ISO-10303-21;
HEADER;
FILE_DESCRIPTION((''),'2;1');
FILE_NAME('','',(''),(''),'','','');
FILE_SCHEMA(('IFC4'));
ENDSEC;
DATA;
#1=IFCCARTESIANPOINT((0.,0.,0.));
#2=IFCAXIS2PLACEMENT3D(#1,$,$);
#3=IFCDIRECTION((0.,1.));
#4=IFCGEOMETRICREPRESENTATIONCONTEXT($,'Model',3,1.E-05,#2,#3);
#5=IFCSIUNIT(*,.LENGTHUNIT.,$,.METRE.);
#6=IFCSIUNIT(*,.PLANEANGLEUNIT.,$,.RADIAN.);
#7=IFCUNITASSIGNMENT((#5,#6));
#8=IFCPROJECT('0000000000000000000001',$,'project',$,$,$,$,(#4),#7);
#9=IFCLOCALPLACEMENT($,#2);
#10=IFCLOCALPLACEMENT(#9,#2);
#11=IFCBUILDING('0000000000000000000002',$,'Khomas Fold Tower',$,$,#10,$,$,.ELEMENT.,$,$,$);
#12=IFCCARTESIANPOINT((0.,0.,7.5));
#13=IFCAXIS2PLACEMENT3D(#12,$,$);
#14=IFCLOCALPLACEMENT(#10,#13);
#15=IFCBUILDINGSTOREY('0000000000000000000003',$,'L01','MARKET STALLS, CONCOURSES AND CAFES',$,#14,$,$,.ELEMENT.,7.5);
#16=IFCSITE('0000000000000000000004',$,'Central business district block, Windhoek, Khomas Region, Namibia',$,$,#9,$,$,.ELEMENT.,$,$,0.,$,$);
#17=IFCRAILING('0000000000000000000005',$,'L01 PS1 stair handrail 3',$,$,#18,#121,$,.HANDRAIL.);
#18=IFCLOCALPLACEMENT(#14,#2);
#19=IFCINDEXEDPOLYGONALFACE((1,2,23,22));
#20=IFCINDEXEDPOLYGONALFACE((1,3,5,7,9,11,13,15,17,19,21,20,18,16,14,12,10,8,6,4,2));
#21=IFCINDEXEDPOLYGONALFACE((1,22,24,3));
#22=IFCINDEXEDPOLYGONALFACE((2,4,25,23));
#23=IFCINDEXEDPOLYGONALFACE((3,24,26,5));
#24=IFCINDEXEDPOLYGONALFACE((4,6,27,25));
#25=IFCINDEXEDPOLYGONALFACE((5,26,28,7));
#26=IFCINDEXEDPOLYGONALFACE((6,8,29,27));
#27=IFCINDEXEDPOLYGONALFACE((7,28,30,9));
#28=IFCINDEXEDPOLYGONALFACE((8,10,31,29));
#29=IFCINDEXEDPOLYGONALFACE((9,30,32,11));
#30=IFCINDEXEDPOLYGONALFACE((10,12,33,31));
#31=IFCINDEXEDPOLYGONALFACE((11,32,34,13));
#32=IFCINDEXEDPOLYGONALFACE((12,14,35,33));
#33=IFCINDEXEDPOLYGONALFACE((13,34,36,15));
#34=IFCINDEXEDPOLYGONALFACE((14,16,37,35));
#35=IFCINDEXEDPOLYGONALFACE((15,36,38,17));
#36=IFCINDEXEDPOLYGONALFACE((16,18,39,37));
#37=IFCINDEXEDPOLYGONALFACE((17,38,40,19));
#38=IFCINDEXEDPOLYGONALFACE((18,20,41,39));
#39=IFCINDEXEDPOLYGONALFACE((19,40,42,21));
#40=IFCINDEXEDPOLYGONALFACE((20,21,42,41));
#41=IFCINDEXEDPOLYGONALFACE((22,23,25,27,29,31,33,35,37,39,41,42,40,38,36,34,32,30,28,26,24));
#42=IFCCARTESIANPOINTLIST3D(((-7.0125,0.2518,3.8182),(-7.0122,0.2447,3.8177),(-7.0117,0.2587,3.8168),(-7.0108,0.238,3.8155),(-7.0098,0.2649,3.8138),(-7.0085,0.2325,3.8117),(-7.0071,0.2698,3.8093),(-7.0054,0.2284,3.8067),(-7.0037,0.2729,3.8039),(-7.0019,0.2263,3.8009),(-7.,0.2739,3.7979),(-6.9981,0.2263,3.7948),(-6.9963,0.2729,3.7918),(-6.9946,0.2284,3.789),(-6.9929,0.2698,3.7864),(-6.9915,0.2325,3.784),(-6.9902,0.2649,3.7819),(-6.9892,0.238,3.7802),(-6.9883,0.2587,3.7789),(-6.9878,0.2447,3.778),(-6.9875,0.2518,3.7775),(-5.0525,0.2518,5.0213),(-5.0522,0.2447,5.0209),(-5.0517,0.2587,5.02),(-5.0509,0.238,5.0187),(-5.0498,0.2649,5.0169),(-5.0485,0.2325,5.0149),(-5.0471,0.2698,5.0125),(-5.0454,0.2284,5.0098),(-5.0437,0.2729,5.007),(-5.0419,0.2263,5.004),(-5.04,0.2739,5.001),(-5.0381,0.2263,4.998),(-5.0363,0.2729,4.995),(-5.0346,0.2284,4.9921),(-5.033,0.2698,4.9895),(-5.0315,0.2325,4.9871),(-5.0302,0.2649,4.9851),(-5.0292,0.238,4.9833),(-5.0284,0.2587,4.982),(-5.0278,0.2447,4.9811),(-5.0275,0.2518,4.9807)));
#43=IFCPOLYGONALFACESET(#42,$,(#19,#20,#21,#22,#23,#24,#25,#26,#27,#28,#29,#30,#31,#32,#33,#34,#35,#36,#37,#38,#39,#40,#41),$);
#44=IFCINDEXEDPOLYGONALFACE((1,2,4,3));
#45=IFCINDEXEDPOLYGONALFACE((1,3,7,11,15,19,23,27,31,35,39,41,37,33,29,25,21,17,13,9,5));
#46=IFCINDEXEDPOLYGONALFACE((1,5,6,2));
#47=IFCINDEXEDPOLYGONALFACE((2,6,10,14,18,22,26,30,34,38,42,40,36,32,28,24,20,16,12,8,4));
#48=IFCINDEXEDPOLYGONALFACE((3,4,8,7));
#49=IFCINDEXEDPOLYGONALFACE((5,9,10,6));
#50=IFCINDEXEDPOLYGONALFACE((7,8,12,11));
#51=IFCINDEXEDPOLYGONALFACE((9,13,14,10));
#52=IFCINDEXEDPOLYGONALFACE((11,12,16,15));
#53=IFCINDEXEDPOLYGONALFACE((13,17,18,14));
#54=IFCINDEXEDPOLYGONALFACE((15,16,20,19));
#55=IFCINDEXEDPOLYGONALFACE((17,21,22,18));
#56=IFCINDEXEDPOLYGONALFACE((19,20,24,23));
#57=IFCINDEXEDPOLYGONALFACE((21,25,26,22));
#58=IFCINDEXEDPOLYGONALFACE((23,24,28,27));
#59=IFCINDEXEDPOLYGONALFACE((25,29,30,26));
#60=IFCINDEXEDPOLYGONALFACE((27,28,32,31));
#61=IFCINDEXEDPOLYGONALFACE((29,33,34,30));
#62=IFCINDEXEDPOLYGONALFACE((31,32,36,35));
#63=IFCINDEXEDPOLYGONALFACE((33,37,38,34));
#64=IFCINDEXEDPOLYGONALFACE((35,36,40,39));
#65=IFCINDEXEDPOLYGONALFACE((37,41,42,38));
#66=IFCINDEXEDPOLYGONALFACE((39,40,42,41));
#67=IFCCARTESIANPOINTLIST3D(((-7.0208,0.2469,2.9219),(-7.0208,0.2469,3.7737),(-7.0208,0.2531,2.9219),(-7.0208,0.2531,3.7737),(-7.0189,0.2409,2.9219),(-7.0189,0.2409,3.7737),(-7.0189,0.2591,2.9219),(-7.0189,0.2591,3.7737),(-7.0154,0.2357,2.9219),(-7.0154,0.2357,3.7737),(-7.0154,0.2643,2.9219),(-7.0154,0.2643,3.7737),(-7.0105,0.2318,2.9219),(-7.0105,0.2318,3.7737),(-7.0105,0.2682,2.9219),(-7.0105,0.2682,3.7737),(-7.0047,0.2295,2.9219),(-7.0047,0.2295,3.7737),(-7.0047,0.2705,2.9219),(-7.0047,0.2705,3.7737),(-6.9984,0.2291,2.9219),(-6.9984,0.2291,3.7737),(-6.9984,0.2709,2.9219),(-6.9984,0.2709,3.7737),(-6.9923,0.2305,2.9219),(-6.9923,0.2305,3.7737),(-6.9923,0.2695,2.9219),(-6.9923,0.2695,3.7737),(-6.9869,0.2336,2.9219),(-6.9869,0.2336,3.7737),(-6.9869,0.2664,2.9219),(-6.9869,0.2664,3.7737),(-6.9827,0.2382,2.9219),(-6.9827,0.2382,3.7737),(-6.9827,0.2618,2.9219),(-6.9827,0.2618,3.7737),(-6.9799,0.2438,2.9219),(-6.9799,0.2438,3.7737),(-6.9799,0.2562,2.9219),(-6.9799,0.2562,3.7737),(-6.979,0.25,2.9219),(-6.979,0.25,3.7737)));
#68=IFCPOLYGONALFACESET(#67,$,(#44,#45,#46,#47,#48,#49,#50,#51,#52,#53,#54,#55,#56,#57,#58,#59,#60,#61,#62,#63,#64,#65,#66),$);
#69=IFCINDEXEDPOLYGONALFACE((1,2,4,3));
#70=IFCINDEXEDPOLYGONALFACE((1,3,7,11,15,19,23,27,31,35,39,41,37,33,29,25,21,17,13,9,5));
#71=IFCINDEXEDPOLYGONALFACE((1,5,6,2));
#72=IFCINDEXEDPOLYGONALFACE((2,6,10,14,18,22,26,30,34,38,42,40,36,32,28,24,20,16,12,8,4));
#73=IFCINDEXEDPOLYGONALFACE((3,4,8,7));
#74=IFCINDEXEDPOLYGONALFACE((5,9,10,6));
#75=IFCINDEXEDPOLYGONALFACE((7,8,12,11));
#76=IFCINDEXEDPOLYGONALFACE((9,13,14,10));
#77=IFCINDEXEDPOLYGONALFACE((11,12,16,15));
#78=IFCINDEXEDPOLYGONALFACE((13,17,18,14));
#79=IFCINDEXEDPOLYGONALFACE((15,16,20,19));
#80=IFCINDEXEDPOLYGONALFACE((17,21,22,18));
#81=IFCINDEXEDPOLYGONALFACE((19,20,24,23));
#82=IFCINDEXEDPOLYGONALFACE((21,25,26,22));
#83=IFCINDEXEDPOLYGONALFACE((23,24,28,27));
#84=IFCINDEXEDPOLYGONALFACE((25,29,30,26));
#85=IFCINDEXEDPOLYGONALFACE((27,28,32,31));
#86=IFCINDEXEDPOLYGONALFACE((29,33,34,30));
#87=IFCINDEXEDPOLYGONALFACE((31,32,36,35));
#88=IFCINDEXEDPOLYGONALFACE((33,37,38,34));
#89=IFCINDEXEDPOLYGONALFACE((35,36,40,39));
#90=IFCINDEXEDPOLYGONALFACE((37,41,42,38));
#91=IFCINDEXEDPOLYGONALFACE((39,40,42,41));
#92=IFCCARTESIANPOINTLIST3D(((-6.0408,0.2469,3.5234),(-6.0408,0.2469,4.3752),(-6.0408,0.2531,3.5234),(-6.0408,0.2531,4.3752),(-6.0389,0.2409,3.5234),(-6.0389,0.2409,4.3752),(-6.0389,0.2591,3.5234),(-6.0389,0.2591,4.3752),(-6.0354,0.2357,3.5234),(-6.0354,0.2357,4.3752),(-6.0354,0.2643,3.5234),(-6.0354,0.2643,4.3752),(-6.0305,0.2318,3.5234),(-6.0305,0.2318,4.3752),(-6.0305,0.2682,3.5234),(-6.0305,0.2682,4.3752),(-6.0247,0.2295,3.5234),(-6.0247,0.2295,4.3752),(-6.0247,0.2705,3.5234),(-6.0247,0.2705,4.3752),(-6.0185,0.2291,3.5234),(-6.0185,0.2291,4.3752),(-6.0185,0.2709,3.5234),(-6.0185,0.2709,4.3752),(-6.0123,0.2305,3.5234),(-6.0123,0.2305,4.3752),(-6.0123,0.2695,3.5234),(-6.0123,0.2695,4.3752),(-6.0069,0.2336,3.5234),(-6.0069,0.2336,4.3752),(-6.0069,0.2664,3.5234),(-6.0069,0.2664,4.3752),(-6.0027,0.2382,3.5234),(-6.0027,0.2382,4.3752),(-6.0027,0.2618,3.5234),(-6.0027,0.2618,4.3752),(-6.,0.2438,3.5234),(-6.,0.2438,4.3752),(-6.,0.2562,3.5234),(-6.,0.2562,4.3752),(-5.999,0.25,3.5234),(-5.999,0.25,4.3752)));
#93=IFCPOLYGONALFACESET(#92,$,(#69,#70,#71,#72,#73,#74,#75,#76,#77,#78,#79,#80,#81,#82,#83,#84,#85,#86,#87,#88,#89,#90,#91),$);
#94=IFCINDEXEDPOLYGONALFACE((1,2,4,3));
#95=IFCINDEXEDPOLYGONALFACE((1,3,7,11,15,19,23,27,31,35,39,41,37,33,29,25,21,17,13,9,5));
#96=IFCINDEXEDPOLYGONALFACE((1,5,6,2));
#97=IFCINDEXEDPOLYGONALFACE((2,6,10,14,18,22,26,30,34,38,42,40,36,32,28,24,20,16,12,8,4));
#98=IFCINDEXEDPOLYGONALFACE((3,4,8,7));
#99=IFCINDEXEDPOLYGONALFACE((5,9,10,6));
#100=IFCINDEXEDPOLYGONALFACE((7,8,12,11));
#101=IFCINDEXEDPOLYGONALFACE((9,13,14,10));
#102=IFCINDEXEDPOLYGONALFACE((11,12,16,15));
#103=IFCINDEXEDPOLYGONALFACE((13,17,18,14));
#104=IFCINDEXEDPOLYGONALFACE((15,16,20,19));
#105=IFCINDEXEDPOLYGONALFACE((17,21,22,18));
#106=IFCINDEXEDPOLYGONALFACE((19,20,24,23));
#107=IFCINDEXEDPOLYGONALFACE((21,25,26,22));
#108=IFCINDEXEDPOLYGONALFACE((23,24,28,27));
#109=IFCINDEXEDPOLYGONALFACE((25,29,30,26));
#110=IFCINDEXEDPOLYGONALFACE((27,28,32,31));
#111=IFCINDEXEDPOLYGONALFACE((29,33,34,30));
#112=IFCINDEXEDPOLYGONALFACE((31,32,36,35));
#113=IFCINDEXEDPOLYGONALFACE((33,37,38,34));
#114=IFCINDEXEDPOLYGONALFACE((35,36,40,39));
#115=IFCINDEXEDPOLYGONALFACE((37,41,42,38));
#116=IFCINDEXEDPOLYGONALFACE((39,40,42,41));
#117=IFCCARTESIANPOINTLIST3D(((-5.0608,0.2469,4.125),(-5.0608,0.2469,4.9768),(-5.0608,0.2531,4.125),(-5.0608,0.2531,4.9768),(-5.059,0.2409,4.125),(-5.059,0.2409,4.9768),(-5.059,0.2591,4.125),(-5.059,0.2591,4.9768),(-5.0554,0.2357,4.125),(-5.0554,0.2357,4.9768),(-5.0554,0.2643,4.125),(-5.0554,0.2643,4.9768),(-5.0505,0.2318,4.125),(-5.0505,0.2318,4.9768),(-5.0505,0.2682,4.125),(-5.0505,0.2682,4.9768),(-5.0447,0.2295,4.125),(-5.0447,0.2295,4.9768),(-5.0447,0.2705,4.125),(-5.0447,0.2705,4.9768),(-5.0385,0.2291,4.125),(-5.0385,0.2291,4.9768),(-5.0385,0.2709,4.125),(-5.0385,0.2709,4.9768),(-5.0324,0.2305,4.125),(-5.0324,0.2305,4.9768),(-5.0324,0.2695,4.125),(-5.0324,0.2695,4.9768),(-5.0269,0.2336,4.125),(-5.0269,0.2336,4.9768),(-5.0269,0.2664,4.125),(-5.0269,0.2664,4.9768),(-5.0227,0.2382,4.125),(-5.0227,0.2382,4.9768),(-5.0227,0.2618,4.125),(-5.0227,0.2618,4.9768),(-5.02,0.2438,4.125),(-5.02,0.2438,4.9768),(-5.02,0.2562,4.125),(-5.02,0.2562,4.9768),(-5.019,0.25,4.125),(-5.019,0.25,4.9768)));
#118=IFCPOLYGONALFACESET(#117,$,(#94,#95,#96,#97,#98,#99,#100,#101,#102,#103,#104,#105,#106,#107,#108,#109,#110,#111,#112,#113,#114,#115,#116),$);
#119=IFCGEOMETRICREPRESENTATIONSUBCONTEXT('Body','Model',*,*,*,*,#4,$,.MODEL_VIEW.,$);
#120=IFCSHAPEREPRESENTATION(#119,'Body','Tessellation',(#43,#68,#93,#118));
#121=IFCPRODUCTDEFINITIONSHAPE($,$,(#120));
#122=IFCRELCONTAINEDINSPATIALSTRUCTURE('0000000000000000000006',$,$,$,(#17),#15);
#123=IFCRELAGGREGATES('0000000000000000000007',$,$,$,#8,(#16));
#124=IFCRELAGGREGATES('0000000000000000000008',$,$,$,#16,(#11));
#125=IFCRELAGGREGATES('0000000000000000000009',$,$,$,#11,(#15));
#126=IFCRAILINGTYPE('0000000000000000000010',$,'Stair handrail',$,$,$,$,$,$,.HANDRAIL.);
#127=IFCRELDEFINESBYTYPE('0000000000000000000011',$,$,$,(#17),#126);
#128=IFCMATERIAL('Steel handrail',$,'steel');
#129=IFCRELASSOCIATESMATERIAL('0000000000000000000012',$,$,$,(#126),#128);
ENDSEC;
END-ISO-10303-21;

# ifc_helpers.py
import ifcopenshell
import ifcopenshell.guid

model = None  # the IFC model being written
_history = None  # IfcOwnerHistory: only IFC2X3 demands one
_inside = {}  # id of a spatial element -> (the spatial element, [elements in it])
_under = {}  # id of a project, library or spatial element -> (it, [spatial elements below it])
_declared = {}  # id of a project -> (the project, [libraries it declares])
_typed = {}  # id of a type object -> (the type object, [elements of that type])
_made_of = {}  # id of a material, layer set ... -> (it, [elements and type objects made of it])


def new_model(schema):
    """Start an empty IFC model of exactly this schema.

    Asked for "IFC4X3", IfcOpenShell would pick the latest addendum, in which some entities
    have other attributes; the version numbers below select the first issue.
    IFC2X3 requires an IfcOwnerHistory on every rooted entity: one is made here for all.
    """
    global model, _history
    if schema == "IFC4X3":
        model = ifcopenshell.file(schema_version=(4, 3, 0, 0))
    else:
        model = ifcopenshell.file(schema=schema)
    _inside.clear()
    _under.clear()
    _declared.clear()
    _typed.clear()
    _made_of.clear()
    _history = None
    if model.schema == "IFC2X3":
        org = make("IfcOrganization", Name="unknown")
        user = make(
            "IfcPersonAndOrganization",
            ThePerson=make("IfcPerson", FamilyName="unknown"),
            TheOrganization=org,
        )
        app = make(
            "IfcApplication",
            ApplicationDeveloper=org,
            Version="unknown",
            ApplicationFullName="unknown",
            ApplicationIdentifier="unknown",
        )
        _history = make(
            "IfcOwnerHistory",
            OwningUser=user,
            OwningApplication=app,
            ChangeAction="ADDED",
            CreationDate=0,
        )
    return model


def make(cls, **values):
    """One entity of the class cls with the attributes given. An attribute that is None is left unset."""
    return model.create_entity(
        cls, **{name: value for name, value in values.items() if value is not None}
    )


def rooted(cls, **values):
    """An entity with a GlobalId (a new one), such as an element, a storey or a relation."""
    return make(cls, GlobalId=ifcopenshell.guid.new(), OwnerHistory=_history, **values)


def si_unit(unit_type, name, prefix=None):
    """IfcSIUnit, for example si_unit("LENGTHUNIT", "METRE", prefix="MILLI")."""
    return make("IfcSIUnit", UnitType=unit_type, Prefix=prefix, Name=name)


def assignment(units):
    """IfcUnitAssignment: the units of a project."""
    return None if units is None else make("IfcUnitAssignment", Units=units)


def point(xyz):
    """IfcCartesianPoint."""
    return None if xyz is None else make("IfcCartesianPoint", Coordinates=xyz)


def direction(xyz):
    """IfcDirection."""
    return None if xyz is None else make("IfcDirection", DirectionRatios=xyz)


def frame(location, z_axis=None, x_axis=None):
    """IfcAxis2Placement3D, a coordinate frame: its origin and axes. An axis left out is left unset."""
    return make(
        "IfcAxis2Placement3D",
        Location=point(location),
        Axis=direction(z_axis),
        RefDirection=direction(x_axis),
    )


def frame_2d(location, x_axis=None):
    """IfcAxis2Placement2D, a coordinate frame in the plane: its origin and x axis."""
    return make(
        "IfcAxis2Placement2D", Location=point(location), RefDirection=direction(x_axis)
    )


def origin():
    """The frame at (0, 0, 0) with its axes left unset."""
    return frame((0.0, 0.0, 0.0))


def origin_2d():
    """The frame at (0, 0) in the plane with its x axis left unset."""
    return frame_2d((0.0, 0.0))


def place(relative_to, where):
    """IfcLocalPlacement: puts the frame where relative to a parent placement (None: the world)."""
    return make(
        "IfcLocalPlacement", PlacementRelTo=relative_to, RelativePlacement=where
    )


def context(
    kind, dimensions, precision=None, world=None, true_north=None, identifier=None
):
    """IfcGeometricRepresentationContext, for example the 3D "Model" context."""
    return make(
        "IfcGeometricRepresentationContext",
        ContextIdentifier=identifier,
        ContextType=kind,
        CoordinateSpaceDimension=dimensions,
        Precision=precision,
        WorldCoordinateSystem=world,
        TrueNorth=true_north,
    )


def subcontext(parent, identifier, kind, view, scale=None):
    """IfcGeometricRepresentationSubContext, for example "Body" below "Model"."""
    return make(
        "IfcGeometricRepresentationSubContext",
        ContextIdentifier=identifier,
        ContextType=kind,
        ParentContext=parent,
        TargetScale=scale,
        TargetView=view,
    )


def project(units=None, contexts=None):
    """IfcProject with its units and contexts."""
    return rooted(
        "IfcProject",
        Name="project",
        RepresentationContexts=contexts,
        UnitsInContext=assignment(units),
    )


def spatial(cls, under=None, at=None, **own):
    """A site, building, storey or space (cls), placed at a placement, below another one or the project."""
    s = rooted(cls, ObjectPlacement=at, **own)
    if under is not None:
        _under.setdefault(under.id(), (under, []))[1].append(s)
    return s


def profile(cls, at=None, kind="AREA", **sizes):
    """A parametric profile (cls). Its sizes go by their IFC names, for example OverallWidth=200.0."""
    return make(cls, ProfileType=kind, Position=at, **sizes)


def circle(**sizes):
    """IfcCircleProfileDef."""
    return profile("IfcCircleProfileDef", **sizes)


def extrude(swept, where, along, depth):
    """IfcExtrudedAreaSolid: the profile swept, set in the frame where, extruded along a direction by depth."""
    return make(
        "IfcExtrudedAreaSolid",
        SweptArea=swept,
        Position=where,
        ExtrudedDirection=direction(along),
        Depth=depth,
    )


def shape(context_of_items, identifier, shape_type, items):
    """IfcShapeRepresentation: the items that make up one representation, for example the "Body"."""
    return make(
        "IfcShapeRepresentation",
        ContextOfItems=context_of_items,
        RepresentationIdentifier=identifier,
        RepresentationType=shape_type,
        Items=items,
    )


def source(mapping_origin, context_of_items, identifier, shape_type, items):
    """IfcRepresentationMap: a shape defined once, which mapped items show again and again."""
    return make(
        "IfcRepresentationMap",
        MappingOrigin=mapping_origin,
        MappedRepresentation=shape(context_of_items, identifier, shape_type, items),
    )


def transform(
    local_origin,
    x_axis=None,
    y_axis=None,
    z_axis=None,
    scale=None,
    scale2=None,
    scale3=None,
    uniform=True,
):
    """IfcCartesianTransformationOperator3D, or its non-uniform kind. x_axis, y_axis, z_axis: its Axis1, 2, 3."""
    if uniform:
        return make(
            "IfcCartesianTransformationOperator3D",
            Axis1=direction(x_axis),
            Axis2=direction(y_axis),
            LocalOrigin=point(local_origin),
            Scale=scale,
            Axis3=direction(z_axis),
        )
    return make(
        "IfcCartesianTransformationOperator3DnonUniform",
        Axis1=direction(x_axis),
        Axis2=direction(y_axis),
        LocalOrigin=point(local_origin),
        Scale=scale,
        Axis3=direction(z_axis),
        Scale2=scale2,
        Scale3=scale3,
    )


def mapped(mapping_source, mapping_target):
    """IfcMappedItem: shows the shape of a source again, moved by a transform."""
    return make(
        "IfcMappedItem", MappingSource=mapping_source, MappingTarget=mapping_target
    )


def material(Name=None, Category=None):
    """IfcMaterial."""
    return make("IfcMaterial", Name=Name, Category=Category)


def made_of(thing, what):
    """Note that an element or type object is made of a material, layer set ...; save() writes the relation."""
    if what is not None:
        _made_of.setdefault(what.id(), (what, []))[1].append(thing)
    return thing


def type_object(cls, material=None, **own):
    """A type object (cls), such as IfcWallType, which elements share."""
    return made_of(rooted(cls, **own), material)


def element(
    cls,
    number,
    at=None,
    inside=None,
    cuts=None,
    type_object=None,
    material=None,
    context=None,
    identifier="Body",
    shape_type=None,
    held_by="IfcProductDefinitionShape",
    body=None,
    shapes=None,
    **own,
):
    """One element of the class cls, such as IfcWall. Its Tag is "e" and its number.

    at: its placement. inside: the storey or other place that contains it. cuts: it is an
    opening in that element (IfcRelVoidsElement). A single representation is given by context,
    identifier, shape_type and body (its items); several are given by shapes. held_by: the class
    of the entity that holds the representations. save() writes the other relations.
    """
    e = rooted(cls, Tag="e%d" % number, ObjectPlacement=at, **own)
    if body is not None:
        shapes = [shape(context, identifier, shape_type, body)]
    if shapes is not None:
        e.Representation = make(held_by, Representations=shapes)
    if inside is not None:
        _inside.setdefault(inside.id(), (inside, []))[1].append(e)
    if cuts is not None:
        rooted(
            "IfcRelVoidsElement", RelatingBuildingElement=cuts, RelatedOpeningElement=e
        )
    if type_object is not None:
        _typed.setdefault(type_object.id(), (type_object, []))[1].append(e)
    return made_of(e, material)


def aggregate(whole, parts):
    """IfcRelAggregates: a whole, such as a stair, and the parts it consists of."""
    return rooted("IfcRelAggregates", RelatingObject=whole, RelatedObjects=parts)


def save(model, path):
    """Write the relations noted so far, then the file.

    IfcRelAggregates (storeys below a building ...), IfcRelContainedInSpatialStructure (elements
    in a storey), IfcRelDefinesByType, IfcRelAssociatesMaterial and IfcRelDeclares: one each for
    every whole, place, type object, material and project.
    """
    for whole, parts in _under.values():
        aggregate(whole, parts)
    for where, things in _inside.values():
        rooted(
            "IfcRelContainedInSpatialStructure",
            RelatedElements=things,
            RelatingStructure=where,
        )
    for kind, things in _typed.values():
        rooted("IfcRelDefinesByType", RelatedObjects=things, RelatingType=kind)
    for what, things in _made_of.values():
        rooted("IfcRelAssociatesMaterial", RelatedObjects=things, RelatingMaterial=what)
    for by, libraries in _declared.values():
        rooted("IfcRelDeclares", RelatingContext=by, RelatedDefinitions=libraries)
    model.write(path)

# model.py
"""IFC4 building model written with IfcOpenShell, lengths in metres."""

from ifc_helpers import new_model, si_unit, direction, frame, origin, origin_2d, place, context, subcontext, project, spatial, circle, extrude, source, transform, mapped, material, type_object, element, save


model = new_model("IFC4")

# Units and contexts
model_context = context("Model", 3, precision=1e-05, world=origin(), true_north=direction((0.0, 1.0)))
body_context = subcontext(model_context, "Body", "Model", "MODEL_VIEW")
ifc_project = project(units=[si_unit("LENGTHUNIT", "METRE"), si_unit("PLANEANGLEUNIT", "RADIAN")], contexts=[model_context])

# Site, building, storey
site_placement = place(None, origin())
site = spatial("IfcSite", under=ifc_project, at=site_placement, Name="Central business district block, Windhoek, Khomas Region, Namibia", CompositionType="ELEMENT", RefElevation=0.0)
building_placement = place(site_placement, origin())
building = spatial("IfcBuilding", under=site, at=building_placement, Name="Khomas Fold Tower", CompositionType="ELEMENT")
storey_placement = place(building_placement, frame((0.0, 0.0, 7.5)))
storey = spatial("IfcBuildingStorey", under=building, at=storey_placement, Name="L01", Description="MARKET STALLS, CONCOURSES AND CAFES", CompositionType="ELEMENT", Elevation=7.5)

# Railing
ifc_material_1 = material(Name="Steel handrail", Category="steel")
railing_type_1 = type_object("IfcRailingType", Name="Stair handrail", PredefinedType="HANDRAIL", material=ifc_material_1)
shared_shape_1 = source(origin(), body_context, "Body", "SweptSolid", [
    extrude(circle(Radius=0.0239, at=origin_2d()), frame((0.0, 0.0, 0.876), z_axis=(0.852241, 0.0, 0.523149), x_axis=(0.0, 1.0, 0.0)), (0.0, 0.0, 1.0), 2.2998),
    extrude(circle(Radius=0.021, at=origin_2d()), origin(), (0.0, 0.0, 1.0), 0.8518),
    extrude(circle(Radius=0.021, at=origin_2d()), frame((0.98, 0.0, 0.6016)), (0.0, 0.0, 1.0), 0.8518),
    extrude(circle(Radius=0.021, at=origin_2d()), frame((1.96, 0.0, 1.2031)), (0.0, 0.0, 1.0), 0.8518),
])
for number, where, name in (
    (1, (-7.0, 0.25, 2.9219), "L01 PS1 stair handrail 3"),
):
    element("IfcRailing", number, at=place(storey_placement, frame(where)), inside=storey, type_object=railing_type_1, Name=name, PredefinedType="HANDRAIL", context=body_context, shape_type="MappedRepresentation", body=[
        mapped(shared_shape_1, transform((0.0, 0.0, 0.0))),
    ])

save(model, "model.ifc")
